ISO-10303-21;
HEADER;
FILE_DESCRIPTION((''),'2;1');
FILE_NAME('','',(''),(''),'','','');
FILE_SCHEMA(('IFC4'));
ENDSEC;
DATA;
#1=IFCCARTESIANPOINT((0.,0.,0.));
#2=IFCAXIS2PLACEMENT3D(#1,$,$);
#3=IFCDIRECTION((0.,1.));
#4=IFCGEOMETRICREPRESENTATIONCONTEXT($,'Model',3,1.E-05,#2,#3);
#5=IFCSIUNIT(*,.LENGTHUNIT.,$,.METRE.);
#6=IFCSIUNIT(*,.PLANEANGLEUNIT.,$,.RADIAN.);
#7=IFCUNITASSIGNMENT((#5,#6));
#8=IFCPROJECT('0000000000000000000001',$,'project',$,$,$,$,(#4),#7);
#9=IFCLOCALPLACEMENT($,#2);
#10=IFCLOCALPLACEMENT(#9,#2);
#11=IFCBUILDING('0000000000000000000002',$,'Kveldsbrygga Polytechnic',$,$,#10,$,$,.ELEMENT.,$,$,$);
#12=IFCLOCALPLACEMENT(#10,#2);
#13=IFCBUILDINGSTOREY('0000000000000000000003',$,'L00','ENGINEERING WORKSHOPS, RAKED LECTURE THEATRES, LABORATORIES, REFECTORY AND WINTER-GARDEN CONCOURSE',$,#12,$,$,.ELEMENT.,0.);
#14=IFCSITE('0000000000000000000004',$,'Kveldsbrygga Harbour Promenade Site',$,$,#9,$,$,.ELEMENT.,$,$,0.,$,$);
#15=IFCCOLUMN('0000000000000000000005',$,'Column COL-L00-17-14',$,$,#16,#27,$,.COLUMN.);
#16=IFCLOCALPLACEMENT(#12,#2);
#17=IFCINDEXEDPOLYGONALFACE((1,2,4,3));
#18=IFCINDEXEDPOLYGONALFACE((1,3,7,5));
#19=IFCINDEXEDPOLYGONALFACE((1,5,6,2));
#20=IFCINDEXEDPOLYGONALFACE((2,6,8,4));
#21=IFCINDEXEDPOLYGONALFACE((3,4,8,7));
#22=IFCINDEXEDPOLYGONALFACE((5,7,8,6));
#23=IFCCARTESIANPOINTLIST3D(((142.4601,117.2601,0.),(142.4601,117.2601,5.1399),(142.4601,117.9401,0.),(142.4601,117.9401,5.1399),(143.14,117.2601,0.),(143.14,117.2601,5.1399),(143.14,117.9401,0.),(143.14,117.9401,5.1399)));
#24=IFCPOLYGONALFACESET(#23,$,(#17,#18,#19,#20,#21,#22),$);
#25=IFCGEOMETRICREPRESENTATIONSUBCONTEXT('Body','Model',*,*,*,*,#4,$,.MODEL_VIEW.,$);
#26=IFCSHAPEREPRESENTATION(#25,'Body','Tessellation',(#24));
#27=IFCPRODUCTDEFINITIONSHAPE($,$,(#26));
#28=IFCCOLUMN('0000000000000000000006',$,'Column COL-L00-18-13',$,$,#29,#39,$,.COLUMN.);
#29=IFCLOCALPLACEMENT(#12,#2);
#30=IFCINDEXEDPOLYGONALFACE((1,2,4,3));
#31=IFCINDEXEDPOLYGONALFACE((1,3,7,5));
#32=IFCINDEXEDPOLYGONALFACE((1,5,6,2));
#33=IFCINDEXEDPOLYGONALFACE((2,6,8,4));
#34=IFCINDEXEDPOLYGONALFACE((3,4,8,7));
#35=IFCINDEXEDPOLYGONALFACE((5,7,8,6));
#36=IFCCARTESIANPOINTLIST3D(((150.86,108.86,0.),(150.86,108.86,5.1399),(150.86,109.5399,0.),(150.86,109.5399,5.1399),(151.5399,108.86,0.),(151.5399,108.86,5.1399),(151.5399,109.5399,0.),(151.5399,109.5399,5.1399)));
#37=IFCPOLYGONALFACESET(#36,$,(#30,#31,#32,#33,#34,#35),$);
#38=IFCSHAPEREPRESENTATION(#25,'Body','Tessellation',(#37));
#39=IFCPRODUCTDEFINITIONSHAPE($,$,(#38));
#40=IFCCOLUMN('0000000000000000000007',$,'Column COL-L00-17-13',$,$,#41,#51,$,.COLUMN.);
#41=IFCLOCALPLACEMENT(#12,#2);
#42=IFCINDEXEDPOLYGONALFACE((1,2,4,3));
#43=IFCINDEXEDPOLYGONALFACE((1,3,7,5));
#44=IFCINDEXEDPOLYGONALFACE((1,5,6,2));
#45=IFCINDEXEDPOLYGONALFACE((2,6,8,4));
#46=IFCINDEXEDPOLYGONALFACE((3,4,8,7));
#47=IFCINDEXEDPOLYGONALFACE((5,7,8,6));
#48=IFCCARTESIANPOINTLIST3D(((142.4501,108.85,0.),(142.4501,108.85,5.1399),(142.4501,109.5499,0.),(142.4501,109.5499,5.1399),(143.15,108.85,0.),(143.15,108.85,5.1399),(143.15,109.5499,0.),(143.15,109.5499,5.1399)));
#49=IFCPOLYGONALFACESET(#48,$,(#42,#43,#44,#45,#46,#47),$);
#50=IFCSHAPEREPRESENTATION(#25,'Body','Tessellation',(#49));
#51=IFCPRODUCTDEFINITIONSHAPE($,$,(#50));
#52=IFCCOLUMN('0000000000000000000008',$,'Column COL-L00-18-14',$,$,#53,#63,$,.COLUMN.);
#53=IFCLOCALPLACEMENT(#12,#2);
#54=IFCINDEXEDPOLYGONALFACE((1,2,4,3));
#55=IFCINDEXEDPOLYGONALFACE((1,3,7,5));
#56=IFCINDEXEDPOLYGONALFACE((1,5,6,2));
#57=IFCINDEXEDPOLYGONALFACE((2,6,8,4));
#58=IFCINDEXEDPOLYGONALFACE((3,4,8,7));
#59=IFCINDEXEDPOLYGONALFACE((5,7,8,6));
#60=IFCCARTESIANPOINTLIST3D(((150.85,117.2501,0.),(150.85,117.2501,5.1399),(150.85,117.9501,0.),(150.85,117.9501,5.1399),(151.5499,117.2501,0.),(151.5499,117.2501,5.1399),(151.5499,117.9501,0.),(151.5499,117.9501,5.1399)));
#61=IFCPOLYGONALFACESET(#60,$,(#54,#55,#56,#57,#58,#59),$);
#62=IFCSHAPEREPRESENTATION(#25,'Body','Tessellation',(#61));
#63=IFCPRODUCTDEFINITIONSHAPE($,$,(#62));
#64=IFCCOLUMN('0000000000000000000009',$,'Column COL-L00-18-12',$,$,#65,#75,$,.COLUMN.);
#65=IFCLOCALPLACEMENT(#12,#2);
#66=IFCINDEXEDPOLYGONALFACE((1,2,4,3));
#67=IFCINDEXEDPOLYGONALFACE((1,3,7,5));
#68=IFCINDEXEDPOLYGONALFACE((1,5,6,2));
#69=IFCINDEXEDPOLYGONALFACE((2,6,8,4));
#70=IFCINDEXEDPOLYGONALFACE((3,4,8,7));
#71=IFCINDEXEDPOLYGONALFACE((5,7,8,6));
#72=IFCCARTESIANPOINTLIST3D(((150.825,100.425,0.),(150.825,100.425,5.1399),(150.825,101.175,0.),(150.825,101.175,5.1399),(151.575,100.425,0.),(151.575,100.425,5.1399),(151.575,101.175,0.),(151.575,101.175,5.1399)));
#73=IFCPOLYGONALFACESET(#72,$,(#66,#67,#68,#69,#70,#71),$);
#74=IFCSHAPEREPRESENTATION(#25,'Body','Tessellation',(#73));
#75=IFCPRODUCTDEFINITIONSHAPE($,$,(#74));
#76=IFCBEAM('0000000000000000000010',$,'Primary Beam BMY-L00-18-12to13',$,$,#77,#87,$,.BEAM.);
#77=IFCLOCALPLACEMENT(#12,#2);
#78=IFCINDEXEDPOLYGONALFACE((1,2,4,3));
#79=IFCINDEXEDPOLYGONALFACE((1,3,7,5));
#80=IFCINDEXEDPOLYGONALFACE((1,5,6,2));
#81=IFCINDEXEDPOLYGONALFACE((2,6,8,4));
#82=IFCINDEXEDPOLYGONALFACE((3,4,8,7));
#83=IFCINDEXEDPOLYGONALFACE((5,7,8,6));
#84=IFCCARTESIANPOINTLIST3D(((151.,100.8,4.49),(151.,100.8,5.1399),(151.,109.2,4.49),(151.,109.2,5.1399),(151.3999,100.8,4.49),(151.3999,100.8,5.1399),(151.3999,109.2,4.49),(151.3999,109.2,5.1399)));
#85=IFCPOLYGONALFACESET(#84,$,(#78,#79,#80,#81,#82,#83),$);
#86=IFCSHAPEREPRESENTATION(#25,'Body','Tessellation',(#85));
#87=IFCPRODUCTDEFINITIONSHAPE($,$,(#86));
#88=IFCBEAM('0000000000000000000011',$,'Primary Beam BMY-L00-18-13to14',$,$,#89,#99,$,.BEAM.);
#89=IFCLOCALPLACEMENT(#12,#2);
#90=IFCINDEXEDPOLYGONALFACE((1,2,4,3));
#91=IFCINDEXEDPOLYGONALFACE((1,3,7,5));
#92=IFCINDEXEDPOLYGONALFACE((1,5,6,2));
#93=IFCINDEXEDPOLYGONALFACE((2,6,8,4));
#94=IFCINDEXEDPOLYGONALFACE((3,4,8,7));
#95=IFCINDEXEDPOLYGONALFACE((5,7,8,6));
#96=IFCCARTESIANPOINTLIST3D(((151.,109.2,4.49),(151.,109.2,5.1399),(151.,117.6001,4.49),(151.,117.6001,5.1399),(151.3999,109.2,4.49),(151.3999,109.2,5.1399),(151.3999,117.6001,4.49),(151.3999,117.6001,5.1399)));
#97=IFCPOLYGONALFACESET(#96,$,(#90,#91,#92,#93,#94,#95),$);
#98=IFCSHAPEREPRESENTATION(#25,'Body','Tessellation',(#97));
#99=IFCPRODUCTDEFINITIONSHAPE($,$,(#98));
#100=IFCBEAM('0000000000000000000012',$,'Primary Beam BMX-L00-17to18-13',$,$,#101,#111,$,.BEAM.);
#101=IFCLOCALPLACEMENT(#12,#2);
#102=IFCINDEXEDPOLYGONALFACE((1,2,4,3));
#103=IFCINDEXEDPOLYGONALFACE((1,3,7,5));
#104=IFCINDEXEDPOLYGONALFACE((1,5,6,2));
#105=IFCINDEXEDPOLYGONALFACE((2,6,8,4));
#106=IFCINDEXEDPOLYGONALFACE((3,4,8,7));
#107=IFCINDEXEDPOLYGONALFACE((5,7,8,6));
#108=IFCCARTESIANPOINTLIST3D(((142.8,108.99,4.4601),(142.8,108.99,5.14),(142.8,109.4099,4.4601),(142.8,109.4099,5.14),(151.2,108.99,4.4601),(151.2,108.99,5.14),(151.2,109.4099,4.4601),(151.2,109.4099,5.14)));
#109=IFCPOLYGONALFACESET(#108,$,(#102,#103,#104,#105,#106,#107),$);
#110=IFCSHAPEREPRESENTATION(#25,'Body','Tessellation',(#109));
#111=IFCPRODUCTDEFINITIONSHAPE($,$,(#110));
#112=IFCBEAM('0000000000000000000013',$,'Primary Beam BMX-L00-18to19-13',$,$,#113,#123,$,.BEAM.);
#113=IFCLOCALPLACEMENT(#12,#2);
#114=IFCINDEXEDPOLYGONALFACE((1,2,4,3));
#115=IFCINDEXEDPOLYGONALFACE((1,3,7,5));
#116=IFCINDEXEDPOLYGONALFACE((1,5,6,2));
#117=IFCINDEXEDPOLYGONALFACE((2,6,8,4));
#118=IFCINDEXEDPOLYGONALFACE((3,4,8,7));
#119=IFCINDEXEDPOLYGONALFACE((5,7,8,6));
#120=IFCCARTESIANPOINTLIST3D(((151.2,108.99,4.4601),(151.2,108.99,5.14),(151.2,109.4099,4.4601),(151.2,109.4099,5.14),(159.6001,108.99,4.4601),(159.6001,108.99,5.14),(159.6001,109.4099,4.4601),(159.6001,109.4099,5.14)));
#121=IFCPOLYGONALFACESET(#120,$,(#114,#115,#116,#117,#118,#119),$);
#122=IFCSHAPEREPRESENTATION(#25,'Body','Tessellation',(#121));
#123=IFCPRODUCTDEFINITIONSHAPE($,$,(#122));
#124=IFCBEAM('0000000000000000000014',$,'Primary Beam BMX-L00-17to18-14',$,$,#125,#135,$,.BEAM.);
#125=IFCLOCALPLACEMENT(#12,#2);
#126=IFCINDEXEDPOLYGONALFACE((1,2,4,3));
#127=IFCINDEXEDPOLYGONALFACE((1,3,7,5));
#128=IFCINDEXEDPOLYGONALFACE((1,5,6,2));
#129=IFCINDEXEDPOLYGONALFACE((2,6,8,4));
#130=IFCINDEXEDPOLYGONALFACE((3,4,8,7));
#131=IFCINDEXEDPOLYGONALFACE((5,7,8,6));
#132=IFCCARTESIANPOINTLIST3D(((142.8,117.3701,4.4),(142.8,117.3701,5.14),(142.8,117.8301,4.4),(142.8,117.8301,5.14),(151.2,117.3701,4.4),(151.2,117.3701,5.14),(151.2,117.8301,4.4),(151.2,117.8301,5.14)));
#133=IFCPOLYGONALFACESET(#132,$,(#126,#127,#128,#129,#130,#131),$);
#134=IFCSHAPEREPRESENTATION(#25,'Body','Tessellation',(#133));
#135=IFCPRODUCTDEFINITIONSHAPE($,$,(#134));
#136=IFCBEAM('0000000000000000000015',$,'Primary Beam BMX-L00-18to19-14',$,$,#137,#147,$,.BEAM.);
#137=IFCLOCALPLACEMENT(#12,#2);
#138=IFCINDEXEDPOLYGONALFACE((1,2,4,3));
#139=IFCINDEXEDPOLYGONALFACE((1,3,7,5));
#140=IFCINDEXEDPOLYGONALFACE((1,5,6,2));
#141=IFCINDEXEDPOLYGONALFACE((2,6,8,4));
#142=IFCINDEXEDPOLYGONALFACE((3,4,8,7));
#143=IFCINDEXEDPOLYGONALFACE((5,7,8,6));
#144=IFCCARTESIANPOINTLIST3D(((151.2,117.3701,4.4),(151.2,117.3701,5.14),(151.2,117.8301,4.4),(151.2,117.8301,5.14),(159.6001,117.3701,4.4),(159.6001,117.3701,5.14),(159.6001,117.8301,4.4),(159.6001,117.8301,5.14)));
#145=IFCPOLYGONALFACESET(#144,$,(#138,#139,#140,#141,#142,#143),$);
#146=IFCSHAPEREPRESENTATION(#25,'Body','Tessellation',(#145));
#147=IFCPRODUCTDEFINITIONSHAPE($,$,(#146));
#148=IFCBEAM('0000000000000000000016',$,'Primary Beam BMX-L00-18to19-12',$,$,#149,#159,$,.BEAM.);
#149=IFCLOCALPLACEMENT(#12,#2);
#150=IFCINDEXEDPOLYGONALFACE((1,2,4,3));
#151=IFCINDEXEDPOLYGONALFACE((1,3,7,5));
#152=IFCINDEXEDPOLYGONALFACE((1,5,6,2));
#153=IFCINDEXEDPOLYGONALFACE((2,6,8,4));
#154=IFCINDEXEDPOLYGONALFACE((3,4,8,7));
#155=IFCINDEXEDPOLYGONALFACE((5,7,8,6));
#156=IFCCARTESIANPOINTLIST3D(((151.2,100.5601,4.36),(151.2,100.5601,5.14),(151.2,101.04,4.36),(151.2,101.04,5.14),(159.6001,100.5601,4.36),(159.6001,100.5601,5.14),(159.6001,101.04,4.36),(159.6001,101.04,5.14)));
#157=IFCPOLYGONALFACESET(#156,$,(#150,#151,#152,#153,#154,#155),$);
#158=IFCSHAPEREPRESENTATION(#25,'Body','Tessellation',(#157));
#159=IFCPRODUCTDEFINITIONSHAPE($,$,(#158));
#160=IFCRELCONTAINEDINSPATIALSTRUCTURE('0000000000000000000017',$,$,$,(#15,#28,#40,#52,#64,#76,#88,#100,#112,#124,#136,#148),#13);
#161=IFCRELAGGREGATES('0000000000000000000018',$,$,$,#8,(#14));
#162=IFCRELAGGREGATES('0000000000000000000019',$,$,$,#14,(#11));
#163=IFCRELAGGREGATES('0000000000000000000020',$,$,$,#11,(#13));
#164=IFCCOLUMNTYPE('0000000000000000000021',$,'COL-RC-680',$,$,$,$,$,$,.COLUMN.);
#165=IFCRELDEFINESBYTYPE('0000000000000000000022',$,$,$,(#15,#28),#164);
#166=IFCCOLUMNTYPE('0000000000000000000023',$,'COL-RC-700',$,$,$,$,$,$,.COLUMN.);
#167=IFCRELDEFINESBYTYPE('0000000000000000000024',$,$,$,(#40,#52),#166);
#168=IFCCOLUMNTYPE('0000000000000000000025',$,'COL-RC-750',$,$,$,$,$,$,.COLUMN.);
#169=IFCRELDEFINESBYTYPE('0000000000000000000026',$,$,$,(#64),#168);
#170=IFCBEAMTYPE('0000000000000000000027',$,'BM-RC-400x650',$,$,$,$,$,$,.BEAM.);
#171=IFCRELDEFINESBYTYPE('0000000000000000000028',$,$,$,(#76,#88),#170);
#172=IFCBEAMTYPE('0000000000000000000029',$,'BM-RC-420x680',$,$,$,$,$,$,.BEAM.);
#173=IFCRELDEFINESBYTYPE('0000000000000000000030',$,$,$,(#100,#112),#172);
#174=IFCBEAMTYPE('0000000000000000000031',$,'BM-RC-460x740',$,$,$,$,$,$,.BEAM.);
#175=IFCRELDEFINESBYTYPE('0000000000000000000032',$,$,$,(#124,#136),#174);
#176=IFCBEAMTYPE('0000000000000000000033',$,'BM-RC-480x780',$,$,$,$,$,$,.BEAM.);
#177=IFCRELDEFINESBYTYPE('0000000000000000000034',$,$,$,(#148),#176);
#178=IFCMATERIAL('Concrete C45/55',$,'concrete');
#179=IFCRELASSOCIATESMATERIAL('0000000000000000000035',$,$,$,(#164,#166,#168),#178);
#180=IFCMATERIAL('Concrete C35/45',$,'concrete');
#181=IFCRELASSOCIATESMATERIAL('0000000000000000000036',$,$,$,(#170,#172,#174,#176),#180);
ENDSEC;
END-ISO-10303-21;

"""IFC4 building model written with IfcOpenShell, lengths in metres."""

from ifc_helpers import new_model, si_unit, direction, frame, origin, origin_2d, place, context, subcontext, project, spatial, rectangle, extrude, material, material_profile, profile_set, type_object, element, save


model = new_model("IFC4")

# Units and contexts
model_context = context("Model", 3, precision=1e-05, world=origin(), true_north=direction((0.0, 1.0)))
body_context = subcontext(model_context, "Body", "Model", "MODEL_VIEW")
ifc_project = project(units=[si_unit("LENGTHUNIT", "METRE"), si_unit("PLANEANGLEUNIT", "RADIAN")], contexts=[model_context])

# Site, building, storey
site_placement = place(None, origin())
site = spatial("IfcSite", under=ifc_project, at=site_placement, Name="Kveldsbrygga Harbour Promenade Site", CompositionType="ELEMENT", RefElevation=0.0)
building_placement = place(site_placement, origin())
building = spatial("IfcBuilding", under=site, at=building_placement, Name="Kveldsbrygga Polytechnic", CompositionType="ELEMENT")
storey_placement = place(building_placement, origin())
storey = spatial("IfcBuildingStorey", under=building, at=storey_placement, Name="L00", Description="ENGINEERING WORKSHOPS, RAKED LECTURE THEATRES, LABORATORIES, REFECTORY AND WINTER-GARDEN CONCOURSE", CompositionType="ELEMENT", Elevation=0.0)

# Columns
ifc_material_1 = material(Name="Concrete C45/55", Category="concrete")
ifc_material_profile_1 = material_profile(ifc_material_1, rectangle(XDim=0.6799, YDim=0.6799, at=origin_2d()), Name="RC 680x680")
ifc_profile_set_1 = profile_set([ifc_material_profile_1], Name="Concrete C45/55")
column_type_1 = type_object("IfcColumnType", Name="COL-RC-680", PredefinedType="COLUMN", material=ifc_profile_set_1)
for number, where, z_axis, x_axis, name in (
    (1, (142.8, 117.6001, 0.0), (0.0, 0.0, 1.0), (1.0, 0.0, 0.0), "Column COL-L00-17-14"),
    (2, (151.2, 109.2, 0.0), (0.0, 0.0, 1.0), (1.0, 0.0, 0.0), "Column COL-L00-18-13"),
):
    element("IfcColumn", number, at=place(storey_placement, frame(where, z_axis=z_axis, x_axis=x_axis)), inside=storey, type_object=column_type_1, Name=name, PredefinedType="COLUMN", context=body_context, shape_type="SweptSolid", body=[
        extrude(rectangle(XDim=0.6799, YDim=0.6799, at=origin_2d()), origin(), (0.0, 0.0, 1.0), 5.1399),
    ])
ifc_material_profile_2 = material_profile(ifc_material_1, rectangle(XDim=0.7, YDim=0.7, at=origin_2d()), Name="RC 700x700")
ifc_profile_set_2 = profile_set([ifc_material_profile_2], Name="Concrete C45/55")
column_type_2 = type_object("IfcColumnType", Name="COL-RC-700", PredefinedType="COLUMN", material=ifc_profile_set_2)
for number, where, z_axis, x_axis, name in (
    (3, (142.8, 109.2, 0.0), (0.0, 0.0, 1.0), (1.0, 0.0, 0.0), "Column COL-L00-17-13"),
    (4, (151.2, 117.6001, 0.0), (0.0, 0.0, 1.0), (1.0, 0.0, 0.0), "Column COL-L00-18-14"),
):
    element("IfcColumn", number, at=place(storey_placement, frame(where, z_axis=z_axis, x_axis=x_axis)), inside=storey, type_object=column_type_2, Name=name, PredefinedType="COLUMN", context=body_context, shape_type="SweptSolid", body=[
        extrude(rectangle(XDim=0.7, YDim=0.7, at=origin_2d()), origin(), (0.0, 0.0, 1.0), 5.1399),
    ])
ifc_material_profile_3 = material_profile(ifc_material_1, rectangle(XDim=0.75, YDim=0.75, at=origin_2d()), Name="RC 750x750")
ifc_profile_set_3 = profile_set([ifc_material_profile_3], Name="Concrete C45/55")
column_type_3 = type_object("IfcColumnType", Name="COL-RC-750", PredefinedType="COLUMN", material=ifc_profile_set_3)
column_placement = place(storey_placement, frame((151.2, 100.8, 0.0), z_axis=(0.0, 0.0, 1.0), x_axis=(1.0, 0.0, 0.0)))
element("IfcColumn", 5, at=column_placement, inside=storey, type_object=column_type_3, Name="Column COL-L00-18-12", PredefinedType="COLUMN", context=body_context, shape_type="SweptSolid", body=[
    extrude(rectangle(XDim=0.75, YDim=0.75, at=origin_2d()), origin(), (0.0, 0.0, 1.0), 5.1399),
])

# Beams
ifc_material_2 = material(Name="Concrete C35/45", Category="concrete")
ifc_material_profile_4 = material_profile(ifc_material_2, rectangle(XDim=0.3999, YDim=0.6499, at=origin_2d()), Name="RC 400x650")
ifc_profile_set_4 = profile_set([ifc_material_profile_4], Name="Concrete C35/45")
beam_type_1 = type_object("IfcBeamType", Name="BM-RC-400x650", PredefinedType="BEAM", material=ifc_profile_set_4)
beam_1_placement = place(storey_placement, frame((151.2, 100.8, 4.8149), z_axis=(0.0, 1.0, 0.0), x_axis=(-1.0, 0.0, 0.0)))
element("IfcBeam", 6, at=beam_1_placement, inside=storey, type_object=beam_type_1, Name="Primary Beam BMY-L00-18-12to13", PredefinedType="BEAM", context=body_context, shape_type="SweptSolid", body=[
    extrude(rectangle(XDim=0.3999, YDim=0.6499, at=origin_2d()), origin(), (0.0, 0.0, 1.0), 8.3999),
])
beam_2_placement = place(storey_placement, frame((151.2, 109.2, 4.8149), z_axis=(0.0, 1.0, 0.0), x_axis=(-1.0, 0.0, 0.0)))
element("IfcBeam", 7, at=beam_2_placement, inside=storey, type_object=beam_type_1, Name="Primary Beam BMY-L00-18-13to14", PredefinedType="BEAM", context=body_context, shape_type="SweptSolid", body=[
    extrude(rectangle(XDim=0.3999, YDim=0.6499, at=origin_2d()), origin(), (0.0, 0.0, 1.0), 8.4001),
])
ifc_material_profile_5 = material_profile(ifc_material_2, rectangle(XDim=0.4199, YDim=0.6799, at=origin_2d()), Name="RC 420x680")
ifc_profile_set_5 = profile_set([ifc_material_profile_5], Name="Concrete C35/45")
beam_type_2 = type_object("IfcBeamType", Name="BM-RC-420x680", PredefinedType="BEAM", material=ifc_profile_set_5)
beam_3_placement = place(storey_placement, frame((142.8, 109.2, 4.8), z_axis=(1.0, 0.0, 0.0), x_axis=(0.0, 1.0, 0.0)))
element("IfcBeam", 8, at=beam_3_placement, inside=storey, type_object=beam_type_2, Name="Primary Beam BMX-L00-17to18-13", PredefinedType="BEAM", context=body_context, shape_type="SweptSolid", body=[
    extrude(rectangle(XDim=0.4199, YDim=0.6799, at=origin_2d()), origin(), (0.0, 0.0, 1.0), 8.3999),
])
beam_4_placement = place(storey_placement, frame((151.2, 109.2, 4.8), z_axis=(1.0, 0.0, 0.0), x_axis=(0.0, 1.0, 0.0)))
element("IfcBeam", 9, at=beam_4_placement, inside=storey, type_object=beam_type_2, Name="Primary Beam BMX-L00-18to19-13", PredefinedType="BEAM", context=body_context, shape_type="SweptSolid", body=[
    extrude(rectangle(XDim=0.4199, YDim=0.6799, at=origin_2d()), origin(), (0.0, 0.0, 1.0), 8.4001),
])
ifc_material_profile_6 = material_profile(ifc_material_2, rectangle(XDim=0.46, YDim=0.74, at=origin_2d()), Name="RC 460x740")
ifc_profile_set_6 = profile_set([ifc_material_profile_6], Name="Concrete C35/45")
beam_type_3 = type_object("IfcBeamType", Name="BM-RC-460x740", PredefinedType="BEAM", material=ifc_profile_set_6)
beam_5_placement = place(storey_placement, frame((142.8, 117.6001, 4.77), z_axis=(1.0, 0.0, 0.0), x_axis=(0.0, 1.0, 0.0)))
element("IfcBeam", 10, at=beam_5_placement, inside=storey, type_object=beam_type_3, Name="Primary Beam BMX-L00-17to18-14", PredefinedType="BEAM", context=body_context, shape_type="SweptSolid", body=[
    extrude(rectangle(XDim=0.46, YDim=0.74, at=origin_2d()), origin(), (0.0, 0.0, 1.0), 8.3999),
])
beam_6_placement = place(storey_placement, frame((151.2, 117.6001, 4.77), z_axis=(1.0, 0.0, 0.0), x_axis=(0.0, 1.0, 0.0)))
element("IfcBeam", 11, at=beam_6_placement, inside=storey, type_object=beam_type_3, Name="Primary Beam BMX-L00-18to19-14", PredefinedType="BEAM", context=body_context, shape_type="SweptSolid", body=[
    extrude(rectangle(XDim=0.46, YDim=0.74, at=origin_2d()), origin(), (0.0, 0.0, 1.0), 8.4001),
])
ifc_material_profile_7 = material_profile(ifc_material_2, rectangle(XDim=0.48, YDim=0.78, at=origin_2d()), Name="RC 480x780")
ifc_profile_set_7 = profile_set([ifc_material_profile_7], Name="Concrete C35/45")
beam_type_4 = type_object("IfcBeamType", Name="BM-RC-480x780", PredefinedType="BEAM", material=ifc_profile_set_7)
beam_7_placement = place(storey_placement, frame((151.2, 100.8, 4.75), z_axis=(1.0, 0.0, 0.0), x_axis=(0.0, 1.0, 0.0)))
element("IfcBeam", 12, at=beam_7_placement, inside=storey, type_object=beam_type_4, Name="Primary Beam BMX-L00-18to19-12", PredefinedType="BEAM", context=body_context, shape_type="SweptSolid", body=[
    extrude(rectangle(XDim=0.48, YDim=0.78, at=origin_2d()), origin(), (0.0, 0.0, 1.0), 8.4001),
])

save(model, "model.ifc")
